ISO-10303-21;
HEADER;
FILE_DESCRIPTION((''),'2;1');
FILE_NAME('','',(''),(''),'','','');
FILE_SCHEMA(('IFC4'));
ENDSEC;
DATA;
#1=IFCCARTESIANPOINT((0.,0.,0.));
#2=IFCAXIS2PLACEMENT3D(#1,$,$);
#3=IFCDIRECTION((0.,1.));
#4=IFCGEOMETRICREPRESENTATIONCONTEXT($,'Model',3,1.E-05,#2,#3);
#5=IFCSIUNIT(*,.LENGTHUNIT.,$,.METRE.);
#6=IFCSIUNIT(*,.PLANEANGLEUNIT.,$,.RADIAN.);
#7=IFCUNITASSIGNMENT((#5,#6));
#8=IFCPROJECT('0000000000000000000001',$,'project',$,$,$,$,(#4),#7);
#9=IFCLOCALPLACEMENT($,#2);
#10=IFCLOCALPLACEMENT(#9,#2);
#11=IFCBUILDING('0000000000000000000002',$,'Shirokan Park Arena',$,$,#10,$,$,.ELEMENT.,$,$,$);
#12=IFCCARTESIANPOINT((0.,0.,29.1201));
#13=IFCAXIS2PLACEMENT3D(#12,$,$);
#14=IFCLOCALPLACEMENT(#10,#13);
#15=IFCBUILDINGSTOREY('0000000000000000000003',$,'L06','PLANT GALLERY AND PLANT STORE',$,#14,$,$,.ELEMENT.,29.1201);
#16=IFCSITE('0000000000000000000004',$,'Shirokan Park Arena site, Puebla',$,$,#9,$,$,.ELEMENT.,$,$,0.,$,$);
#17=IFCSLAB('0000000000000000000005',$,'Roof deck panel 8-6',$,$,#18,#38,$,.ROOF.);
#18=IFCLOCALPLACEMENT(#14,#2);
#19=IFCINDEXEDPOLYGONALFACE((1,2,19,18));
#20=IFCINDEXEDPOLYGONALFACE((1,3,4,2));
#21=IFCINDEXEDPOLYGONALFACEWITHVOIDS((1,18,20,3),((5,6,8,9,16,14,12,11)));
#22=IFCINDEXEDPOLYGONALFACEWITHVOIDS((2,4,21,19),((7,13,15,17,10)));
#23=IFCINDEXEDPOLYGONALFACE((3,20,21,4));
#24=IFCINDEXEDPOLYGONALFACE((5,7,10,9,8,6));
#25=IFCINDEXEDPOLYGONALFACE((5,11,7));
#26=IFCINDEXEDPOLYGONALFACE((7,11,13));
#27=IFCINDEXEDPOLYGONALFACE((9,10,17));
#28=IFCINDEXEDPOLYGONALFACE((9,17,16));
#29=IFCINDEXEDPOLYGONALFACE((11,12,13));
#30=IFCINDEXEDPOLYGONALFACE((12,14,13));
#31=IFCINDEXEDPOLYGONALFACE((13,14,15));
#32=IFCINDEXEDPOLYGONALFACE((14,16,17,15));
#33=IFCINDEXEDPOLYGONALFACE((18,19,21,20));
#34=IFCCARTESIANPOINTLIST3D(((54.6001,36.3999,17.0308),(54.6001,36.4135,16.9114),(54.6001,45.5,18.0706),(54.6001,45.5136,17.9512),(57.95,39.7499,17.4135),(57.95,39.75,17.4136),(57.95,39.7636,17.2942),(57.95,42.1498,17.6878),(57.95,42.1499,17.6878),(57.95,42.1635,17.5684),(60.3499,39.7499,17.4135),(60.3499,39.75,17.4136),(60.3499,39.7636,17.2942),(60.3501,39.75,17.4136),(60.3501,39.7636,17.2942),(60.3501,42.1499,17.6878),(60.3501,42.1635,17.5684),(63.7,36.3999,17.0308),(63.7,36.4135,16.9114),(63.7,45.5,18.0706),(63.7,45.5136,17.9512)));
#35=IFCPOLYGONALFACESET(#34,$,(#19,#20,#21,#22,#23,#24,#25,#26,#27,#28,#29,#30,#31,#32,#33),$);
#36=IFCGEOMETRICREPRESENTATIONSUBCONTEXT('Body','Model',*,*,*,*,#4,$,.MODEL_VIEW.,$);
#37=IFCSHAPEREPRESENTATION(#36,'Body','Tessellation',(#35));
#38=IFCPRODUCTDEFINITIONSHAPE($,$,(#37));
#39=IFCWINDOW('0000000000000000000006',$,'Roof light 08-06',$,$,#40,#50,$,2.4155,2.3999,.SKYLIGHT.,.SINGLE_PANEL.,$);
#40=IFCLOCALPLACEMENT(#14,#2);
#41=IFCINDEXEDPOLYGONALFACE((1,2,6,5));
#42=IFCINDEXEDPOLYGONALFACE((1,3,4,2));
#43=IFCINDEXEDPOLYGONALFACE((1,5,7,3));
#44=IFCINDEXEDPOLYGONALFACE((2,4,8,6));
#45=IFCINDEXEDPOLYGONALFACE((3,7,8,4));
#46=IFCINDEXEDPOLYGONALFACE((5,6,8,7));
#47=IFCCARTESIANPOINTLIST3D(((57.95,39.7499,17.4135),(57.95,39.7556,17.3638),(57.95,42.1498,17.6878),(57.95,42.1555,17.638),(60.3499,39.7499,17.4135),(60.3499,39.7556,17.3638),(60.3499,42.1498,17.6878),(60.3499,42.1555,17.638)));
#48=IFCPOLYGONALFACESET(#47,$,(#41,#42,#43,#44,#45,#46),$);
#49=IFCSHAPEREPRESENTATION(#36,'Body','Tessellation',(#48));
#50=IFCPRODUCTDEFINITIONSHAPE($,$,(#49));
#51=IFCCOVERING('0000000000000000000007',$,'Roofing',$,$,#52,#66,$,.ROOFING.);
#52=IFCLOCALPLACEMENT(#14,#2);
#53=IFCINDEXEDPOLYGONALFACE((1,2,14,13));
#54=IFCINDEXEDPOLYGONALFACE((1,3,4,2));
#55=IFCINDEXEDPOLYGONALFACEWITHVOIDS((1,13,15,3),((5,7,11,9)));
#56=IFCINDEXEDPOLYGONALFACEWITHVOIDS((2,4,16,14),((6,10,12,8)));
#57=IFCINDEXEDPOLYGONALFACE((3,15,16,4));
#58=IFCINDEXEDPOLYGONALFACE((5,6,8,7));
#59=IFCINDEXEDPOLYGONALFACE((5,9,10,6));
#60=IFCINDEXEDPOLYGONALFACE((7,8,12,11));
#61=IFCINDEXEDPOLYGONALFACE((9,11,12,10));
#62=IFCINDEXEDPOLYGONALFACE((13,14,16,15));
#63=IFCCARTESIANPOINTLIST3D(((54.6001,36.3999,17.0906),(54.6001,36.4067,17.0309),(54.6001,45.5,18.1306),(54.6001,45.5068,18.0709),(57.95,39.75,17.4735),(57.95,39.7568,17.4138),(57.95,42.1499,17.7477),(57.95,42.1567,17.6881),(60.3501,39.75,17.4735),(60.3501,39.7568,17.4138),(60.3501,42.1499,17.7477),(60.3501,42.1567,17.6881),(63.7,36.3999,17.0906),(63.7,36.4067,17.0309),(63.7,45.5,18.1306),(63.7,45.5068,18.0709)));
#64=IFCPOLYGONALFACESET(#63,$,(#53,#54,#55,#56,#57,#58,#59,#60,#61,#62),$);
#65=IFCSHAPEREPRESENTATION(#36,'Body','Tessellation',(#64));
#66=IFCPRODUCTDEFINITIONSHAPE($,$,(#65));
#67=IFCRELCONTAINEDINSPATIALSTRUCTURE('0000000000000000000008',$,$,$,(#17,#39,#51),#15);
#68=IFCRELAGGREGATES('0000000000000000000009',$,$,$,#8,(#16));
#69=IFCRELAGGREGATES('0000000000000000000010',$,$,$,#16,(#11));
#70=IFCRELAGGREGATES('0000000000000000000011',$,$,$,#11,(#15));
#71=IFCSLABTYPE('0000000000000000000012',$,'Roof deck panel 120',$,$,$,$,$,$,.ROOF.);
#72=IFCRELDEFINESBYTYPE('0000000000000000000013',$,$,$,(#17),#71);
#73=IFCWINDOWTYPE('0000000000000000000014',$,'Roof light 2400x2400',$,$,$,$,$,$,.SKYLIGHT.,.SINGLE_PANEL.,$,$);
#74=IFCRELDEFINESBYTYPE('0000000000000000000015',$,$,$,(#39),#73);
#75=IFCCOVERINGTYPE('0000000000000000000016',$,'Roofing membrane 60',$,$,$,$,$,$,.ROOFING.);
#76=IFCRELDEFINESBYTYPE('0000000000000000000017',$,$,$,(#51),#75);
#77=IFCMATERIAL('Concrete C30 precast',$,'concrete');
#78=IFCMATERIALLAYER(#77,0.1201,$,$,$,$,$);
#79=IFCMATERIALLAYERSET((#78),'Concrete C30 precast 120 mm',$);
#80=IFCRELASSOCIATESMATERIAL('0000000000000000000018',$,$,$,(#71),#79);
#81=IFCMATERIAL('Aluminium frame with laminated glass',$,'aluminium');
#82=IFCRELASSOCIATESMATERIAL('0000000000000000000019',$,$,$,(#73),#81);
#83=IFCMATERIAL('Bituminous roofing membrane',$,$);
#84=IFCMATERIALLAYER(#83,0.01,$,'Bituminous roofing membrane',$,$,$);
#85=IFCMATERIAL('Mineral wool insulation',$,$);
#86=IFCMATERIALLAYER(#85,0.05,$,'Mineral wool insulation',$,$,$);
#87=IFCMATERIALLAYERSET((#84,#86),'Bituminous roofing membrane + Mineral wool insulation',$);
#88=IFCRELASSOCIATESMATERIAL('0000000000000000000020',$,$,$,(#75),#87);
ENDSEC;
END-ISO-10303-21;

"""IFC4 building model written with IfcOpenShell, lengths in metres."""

from ifc_helpers import new_model, si_unit, direction, frame, origin, origin_2d, place, context, subcontext, project, spatial, polyline, rectangle, outline, extrude, material, layer, layer_set, type_object, element, fill, save


model = new_model("IFC4")

# Units and contexts
model_context = context("Model", 3, precision=1e-05, world=origin(), true_north=direction((0.0, 1.0)))
body_context = subcontext(model_context, "Body", "Model", "MODEL_VIEW")
ifc_project = project(units=[si_unit("LENGTHUNIT", "METRE"), si_unit("PLANEANGLEUNIT", "RADIAN")], contexts=[model_context])

# Site, building, storey
site_placement = place(None, origin())
site = spatial("IfcSite", under=ifc_project, at=site_placement, Name="Shirokan Park Arena site, Puebla", CompositionType="ELEMENT", RefElevation=0.0)
building_placement = place(site_placement, origin())
building = spatial("IfcBuilding", under=site, at=building_placement, Name="Shirokan Park Arena", CompositionType="ELEMENT")
storey_placement = place(building_placement, frame((0.0, 0.0, 29.1201)))
storey = spatial("IfcBuildingStorey", under=building, at=storey_placement, Name="L06", Description="PLANT GALLERY AND PLANT STORE", CompositionType="ELEMENT", Elevation=29.1201)

# Slab, opening, window
ifc_material_1 = material(Name="Concrete C30 precast", Category="concrete")
ifc_layer_1 = layer(ifc_material_1, 0.1201)
ifc_layer_set_1 = layer_set([ifc_layer_1], Name="Concrete C30 precast 120 mm")
slab_type = type_object("IfcSlabType", Name="Roof deck panel 120", PredefinedType="ROOF", material=ifc_layer_set_1)
slab_placement = place(storey_placement, frame((54.6001, 36.3999, 17.0308), z_axis=(0.0, -0.113523, 0.993535), x_axis=(1.0, 0.0, 0.0)))
slab = element("IfcSlab", 1, at=slab_placement, inside=storey, type_object=slab_type, Name="Roof deck panel 8-6", PredefinedType="ROOF", context=body_context, shape_type="SweptSolid", body=[
    extrude(outline(polyline([(0.0, 0.0), (9.0999, 0.0), (9.0999, 9.1593), (0.0, 9.1593), (0.0, 0.0)]), holes=[polyline([(3.3499, 3.3719), (5.75, 3.3719), (5.75, 5.7874), (3.3499, 5.7874), (3.3499, 3.3719)])]), origin(), (0.0, 0.0, -1.0), 0.1201),
])
opening_placement = place(slab_placement, frame((4.5498, 4.5796, 0.01)))
opening = element("IfcOpeningElement", 2, at=opening_placement, cuts=slab, PredefinedType="OPENING", context=body_context, shape_type="SweptSolid", body=[
    extrude(rectangle(XDim=2.3999, YDim=2.4155, at=origin_2d()), origin(), (0.0, 0.0, -1.0), 0.1399),
])
ifc_material_2 = material(Name="Aluminium frame with laminated glass", Category="aluminium")
window_type = type_object("IfcWindowType", Name="Roof light 2400x2400", PartitioningType="SINGLE_PANEL", PredefinedType="SKYLIGHT", material=ifc_material_2)
window_placement = place(opening_placement, frame((0.0, 0.0, -0.0601)))
window = element("IfcWindow", 3, at=window_placement, inside=storey, type_object=window_type, Name="Roof light 08-06", OverallHeight=2.4155, OverallWidth=2.3999, PartitioningType="SINGLE_PANEL", PredefinedType="SKYLIGHT", context=body_context, shape_type="SweptSolid", body=[
    extrude(rectangle(XDim=2.3999, YDim=2.4155, at=origin_2d()), origin(), (0.0, 0.0, 1.0), 0.05),
])
fill(opening, window)

# Covering
ifc_material_3 = material(Name="Bituminous roofing membrane")
ifc_layer_2 = layer(ifc_material_3, 0.01, Name="Bituminous roofing membrane")
ifc_material_4 = material(Name="Mineral wool insulation")
ifc_layer_3 = layer(ifc_material_4, 0.05, Name="Mineral wool insulation")
ifc_layer_set_2 = layer_set([ifc_layer_2, ifc_layer_3], Name="Bituminous roofing membrane + Mineral wool insulation")
covering_type = type_object("IfcCoveringType", Name="Roofing membrane 60", PredefinedType="ROOFING", material=ifc_layer_set_2)
covering_placement = place(storey_placement, frame((54.6001, 36.3999, 17.0906), z_axis=(0.0, -0.11355, 0.993532), x_axis=(1.0, 0.0, 0.0)))
element("IfcCovering", 4, at=covering_placement, inside=storey, type_object=covering_type, Name="Roofing", PredefinedType="ROOFING", context=body_context, shape_type="SweptSolid", body=[
    extrude(outline(polyline([(0.0, 0.0), (9.0999, 0.0), (9.0999, 9.1593), (0.0, 9.1593), (0.0, 0.0)]), holes=[polyline([(5.75, 3.3719), (5.75, 5.7874), (3.3499, 5.7874), (3.3499, 3.3719), (5.75, 3.3719)])]), origin(), (0.0, 0.0, -1.0), 0.0601),
])

save(model, "model.ifc")
